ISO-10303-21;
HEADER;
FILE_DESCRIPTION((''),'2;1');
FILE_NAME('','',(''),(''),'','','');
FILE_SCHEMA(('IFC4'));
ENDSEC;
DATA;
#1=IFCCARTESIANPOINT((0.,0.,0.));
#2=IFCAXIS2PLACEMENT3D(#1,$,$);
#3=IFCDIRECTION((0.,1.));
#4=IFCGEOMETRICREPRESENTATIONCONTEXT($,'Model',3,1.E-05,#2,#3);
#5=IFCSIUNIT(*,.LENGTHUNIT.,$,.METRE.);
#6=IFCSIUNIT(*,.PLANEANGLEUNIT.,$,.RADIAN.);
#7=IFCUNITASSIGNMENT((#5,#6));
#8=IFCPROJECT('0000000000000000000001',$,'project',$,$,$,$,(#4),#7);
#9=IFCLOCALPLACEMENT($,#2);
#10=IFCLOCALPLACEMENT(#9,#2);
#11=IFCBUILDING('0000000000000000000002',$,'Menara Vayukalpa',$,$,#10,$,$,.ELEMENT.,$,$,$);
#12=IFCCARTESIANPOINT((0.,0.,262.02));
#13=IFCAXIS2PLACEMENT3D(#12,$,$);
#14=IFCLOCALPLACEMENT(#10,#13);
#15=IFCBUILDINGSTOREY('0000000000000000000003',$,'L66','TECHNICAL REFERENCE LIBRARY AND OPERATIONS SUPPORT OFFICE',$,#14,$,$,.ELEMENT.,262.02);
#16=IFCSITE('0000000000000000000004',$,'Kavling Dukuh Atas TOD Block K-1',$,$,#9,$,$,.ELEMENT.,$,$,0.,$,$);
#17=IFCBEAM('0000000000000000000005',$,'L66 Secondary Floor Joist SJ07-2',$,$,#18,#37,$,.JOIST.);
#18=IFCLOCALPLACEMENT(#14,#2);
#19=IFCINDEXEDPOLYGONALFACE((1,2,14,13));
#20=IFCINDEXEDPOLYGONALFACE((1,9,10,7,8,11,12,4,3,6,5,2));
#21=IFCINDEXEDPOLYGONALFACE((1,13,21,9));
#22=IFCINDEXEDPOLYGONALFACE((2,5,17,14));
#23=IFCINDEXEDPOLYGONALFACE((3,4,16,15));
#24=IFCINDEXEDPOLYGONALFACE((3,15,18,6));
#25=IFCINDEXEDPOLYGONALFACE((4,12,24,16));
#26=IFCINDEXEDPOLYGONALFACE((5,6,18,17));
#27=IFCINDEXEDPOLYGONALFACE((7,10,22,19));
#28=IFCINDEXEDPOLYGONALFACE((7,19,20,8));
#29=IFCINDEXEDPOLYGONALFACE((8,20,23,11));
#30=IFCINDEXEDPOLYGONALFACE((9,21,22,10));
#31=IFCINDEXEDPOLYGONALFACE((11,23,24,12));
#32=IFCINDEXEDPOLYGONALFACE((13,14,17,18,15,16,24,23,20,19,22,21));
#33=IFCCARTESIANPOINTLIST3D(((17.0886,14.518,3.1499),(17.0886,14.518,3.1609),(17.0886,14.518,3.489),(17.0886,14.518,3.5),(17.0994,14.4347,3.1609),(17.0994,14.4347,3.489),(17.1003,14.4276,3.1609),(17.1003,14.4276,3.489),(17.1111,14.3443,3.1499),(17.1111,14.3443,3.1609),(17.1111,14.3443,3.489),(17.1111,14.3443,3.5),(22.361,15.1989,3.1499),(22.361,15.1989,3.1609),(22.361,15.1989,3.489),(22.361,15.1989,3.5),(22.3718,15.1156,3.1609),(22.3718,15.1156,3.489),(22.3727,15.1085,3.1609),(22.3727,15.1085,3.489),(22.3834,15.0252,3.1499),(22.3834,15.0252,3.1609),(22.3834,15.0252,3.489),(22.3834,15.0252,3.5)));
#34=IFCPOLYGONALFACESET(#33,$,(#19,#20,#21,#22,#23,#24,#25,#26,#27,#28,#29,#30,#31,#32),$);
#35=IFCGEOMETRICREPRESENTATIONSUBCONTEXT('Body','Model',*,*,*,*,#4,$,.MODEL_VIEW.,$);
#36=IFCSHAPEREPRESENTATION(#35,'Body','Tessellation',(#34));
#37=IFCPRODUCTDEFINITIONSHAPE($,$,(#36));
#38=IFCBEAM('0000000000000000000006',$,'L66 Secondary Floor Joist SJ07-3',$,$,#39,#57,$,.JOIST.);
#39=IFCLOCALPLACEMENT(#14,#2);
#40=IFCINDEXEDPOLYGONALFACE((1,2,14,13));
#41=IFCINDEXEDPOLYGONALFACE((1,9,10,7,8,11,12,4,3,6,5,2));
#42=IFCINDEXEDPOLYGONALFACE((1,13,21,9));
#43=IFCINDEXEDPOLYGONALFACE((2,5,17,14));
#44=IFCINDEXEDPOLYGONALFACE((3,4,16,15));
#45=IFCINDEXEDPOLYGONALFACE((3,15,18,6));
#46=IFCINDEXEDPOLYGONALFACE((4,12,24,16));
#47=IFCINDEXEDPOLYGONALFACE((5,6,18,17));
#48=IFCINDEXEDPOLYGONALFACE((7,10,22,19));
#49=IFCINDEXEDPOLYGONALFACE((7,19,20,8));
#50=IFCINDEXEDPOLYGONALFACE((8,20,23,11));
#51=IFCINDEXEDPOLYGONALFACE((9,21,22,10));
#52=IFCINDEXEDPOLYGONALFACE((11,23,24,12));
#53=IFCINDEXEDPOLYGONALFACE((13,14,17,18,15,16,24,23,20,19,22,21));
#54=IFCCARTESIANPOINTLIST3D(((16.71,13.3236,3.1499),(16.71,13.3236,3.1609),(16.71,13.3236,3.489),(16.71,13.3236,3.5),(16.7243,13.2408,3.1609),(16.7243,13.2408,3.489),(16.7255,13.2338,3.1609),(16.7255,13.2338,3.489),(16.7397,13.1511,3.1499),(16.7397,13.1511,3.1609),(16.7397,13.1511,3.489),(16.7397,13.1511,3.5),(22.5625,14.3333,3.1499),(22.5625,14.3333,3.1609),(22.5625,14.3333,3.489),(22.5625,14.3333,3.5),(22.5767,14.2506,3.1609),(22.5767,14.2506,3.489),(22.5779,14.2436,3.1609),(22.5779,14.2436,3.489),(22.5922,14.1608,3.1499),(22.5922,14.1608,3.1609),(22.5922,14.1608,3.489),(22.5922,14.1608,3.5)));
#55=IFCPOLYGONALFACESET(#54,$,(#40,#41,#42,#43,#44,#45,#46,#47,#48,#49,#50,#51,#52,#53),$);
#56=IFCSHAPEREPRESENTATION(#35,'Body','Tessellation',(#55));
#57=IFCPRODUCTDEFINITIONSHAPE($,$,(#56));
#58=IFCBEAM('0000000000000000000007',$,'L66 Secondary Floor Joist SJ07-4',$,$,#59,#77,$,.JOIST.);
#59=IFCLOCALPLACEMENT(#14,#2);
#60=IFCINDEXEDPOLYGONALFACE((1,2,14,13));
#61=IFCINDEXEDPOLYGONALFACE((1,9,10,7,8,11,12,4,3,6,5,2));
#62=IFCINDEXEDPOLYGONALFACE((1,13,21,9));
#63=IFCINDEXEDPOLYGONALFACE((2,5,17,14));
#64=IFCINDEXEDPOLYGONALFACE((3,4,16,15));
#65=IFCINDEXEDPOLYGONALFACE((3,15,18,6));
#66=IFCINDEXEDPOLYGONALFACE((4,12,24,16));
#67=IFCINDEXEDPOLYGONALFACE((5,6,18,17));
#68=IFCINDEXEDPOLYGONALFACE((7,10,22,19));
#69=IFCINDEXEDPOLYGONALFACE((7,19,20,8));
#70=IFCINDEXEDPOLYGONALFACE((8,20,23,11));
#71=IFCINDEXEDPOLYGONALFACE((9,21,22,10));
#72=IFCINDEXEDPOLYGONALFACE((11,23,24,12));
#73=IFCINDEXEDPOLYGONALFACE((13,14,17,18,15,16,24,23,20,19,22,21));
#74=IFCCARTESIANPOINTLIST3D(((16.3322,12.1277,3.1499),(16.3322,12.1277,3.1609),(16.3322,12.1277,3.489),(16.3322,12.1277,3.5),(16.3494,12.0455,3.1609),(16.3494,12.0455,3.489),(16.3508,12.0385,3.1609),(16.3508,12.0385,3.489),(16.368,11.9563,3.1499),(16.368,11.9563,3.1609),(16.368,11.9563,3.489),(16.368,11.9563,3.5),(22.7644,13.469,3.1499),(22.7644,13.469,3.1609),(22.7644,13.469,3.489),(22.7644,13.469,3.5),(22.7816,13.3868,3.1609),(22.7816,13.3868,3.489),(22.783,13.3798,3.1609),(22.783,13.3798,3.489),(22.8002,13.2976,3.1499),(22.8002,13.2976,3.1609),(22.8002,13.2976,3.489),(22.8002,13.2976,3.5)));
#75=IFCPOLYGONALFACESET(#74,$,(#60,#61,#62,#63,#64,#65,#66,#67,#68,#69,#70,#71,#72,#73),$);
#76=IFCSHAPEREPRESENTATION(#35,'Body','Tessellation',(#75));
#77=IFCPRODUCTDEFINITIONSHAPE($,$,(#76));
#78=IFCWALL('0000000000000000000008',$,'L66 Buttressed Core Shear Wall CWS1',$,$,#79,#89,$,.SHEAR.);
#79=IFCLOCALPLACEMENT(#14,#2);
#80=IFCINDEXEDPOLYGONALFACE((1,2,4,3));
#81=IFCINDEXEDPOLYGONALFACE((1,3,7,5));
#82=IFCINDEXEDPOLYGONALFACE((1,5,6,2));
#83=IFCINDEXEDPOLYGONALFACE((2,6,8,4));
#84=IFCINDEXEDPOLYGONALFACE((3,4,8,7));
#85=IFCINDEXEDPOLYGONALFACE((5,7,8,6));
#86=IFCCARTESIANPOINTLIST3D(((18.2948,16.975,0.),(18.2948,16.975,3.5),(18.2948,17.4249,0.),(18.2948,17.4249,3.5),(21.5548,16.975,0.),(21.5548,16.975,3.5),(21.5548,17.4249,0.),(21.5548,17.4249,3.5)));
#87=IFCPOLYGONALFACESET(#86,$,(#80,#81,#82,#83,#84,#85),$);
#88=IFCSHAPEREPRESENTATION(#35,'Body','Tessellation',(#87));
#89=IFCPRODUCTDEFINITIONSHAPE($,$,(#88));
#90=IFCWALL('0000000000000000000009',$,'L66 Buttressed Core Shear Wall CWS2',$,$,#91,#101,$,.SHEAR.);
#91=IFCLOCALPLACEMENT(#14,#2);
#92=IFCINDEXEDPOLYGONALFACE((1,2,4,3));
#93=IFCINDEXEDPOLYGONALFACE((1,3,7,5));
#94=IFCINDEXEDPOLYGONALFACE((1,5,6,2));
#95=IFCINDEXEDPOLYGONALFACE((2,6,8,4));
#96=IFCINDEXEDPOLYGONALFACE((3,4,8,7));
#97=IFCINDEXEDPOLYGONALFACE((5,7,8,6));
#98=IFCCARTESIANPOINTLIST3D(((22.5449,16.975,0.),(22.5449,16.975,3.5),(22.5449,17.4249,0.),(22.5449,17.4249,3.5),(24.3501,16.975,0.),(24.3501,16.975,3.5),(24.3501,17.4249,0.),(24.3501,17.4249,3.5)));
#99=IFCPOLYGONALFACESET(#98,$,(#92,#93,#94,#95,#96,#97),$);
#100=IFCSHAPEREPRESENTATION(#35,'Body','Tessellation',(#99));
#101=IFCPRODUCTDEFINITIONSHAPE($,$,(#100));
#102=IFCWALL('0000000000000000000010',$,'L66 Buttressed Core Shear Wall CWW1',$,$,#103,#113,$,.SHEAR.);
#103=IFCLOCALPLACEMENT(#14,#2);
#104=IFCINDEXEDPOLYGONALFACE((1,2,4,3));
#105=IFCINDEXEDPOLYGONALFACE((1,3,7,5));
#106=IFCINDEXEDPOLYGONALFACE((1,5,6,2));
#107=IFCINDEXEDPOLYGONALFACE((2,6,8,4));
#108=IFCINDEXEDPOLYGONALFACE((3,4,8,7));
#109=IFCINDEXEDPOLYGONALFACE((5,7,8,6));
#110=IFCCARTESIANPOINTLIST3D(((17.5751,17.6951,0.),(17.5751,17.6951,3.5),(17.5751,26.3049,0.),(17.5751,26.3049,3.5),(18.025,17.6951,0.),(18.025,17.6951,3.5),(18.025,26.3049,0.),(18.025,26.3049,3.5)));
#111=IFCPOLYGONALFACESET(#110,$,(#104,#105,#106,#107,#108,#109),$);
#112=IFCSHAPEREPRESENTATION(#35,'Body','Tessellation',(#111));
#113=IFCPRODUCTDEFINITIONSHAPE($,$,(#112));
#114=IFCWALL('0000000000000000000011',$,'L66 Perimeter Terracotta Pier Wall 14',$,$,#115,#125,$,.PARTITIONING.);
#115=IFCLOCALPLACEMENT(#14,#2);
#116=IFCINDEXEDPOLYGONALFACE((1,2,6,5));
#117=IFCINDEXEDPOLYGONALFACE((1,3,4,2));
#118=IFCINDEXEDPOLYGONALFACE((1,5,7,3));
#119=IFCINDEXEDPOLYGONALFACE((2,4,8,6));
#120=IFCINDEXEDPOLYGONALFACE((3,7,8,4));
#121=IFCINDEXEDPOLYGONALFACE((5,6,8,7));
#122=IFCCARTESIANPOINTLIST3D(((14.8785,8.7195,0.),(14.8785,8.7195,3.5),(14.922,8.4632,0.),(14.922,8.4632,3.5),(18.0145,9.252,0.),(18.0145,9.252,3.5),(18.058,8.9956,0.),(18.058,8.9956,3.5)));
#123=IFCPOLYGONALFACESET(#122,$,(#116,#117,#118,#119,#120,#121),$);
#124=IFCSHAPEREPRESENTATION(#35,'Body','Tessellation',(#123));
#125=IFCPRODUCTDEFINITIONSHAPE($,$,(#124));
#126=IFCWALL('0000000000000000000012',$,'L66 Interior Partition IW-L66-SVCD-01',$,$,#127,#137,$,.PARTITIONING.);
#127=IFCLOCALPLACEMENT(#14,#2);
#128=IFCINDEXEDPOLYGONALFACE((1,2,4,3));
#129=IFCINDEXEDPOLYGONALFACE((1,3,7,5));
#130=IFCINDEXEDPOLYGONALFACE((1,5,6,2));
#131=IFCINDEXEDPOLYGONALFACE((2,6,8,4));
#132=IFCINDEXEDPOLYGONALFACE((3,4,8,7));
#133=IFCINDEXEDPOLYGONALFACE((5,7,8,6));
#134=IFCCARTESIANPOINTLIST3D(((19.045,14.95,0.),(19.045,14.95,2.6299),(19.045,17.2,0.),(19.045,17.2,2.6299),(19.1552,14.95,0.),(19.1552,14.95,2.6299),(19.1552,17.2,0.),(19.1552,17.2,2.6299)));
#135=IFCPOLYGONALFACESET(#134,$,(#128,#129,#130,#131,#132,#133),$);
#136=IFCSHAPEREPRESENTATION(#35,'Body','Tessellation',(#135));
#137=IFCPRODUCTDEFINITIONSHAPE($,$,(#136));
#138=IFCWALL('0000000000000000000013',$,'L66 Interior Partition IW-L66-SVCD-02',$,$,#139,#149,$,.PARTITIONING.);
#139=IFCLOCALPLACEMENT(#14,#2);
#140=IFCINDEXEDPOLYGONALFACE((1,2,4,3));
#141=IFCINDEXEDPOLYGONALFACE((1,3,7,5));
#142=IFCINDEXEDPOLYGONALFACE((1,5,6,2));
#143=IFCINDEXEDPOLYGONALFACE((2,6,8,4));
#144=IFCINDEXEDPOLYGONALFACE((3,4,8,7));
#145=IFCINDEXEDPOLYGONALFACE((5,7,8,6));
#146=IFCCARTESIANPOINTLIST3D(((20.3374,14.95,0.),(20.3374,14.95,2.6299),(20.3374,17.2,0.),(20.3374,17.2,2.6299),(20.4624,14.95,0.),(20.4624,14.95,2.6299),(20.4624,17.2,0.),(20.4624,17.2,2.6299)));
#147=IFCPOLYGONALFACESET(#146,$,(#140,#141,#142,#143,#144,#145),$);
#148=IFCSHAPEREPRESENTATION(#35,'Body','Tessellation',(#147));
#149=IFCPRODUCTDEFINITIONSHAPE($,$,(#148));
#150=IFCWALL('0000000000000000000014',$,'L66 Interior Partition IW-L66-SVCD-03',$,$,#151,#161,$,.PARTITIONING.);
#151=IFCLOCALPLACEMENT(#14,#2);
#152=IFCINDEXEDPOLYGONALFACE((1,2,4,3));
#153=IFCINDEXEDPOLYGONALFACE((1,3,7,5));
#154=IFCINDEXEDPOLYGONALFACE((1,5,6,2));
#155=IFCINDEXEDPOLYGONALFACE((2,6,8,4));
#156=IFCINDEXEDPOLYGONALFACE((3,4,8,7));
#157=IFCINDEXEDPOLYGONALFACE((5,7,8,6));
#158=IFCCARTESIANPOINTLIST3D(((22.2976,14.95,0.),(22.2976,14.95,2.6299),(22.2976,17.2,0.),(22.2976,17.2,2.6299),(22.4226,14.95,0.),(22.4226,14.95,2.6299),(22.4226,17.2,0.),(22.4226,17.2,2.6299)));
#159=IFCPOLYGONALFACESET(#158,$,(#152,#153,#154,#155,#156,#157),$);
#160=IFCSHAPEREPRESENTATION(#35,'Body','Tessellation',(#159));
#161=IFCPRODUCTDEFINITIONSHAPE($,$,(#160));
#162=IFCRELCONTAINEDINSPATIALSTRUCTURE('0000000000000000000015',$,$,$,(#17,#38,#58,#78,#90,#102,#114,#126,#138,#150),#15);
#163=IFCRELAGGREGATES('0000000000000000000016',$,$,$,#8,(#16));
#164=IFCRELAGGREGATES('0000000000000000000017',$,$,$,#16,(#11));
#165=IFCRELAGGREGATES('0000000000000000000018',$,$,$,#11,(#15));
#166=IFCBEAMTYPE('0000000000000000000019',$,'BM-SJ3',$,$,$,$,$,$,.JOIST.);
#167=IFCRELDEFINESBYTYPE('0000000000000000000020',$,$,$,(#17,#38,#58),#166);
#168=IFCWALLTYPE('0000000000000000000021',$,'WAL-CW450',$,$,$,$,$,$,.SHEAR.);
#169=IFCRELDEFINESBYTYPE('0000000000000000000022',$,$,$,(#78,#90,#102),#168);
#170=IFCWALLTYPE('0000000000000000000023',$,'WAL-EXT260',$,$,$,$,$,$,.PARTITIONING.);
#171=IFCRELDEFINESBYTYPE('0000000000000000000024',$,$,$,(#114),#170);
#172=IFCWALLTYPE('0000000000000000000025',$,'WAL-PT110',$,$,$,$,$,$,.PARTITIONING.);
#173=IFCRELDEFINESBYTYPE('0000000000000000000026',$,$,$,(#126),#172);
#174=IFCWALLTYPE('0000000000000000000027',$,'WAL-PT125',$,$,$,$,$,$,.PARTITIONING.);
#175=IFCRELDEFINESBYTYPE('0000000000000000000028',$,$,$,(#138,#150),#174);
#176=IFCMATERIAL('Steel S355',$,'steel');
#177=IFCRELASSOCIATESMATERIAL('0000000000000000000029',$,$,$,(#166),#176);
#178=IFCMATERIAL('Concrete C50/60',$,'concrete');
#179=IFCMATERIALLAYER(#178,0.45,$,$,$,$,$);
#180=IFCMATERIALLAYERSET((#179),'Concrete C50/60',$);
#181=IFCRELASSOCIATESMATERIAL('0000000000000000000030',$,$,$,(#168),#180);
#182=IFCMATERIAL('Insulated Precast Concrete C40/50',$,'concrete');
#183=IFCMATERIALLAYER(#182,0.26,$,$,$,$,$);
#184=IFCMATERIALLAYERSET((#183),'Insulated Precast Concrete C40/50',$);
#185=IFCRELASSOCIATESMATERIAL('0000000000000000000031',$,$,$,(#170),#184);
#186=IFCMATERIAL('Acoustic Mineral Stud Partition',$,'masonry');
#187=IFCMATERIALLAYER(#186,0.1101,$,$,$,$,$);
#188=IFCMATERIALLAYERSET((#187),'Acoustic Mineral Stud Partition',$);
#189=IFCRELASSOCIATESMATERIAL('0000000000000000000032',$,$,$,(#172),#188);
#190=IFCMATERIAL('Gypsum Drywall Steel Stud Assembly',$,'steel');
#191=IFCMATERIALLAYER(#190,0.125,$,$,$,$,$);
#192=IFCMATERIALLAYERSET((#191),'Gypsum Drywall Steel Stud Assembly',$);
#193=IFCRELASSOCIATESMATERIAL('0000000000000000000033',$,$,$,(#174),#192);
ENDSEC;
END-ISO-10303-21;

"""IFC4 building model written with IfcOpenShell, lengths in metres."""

from ifc_helpers import new_model, si_unit, direction, frame, frame_2d, origin, origin_2d, place, context, subcontext, project, spatial, rectangle, i_section, extrude, material, layer, layer_set, material_profile, profile_set, type_object, element, save


model = new_model("IFC4")

# Units and contexts
model_context = context("Model", 3, precision=1e-05, world=origin(), true_north=direction((0.0, 1.0)))
body_context = subcontext(model_context, "Body", "Model", "MODEL_VIEW")
ifc_project = project(units=[si_unit("LENGTHUNIT", "METRE"), si_unit("PLANEANGLEUNIT", "RADIAN")], contexts=[model_context])

# Site, building, storey
site_placement = place(None, origin())
site = spatial("IfcSite", under=ifc_project, at=site_placement, Name="Kavling Dukuh Atas TOD Block K-1", CompositionType="ELEMENT", RefElevation=0.0)
building_placement = place(site_placement, origin())
building = spatial("IfcBuilding", under=site, at=building_placement, Name="Menara Vayukalpa", CompositionType="ELEMENT")
storey_placement = place(building_placement, frame((0.0, 0.0, 262.02)))
storey = spatial("IfcBuildingStorey", under=building, at=storey_placement, Name="L66", Description="TECHNICAL REFERENCE LIBRARY AND OPERATIONS SUPPORT OFFICE", CompositionType="ELEMENT", Elevation=262.02)

# Beams
ifc_material_1 = material(Name="Steel S355", Category="steel")
ifc_material_profile_1 = material_profile(ifc_material_1, i_section(OverallWidth=0.175, OverallDepth=0.3501, WebThickness=0.0071, FlangeThickness=0.011, at=origin_2d()), Name="WF 350x175x7x11")
ifc_profile_set_1 = profile_set([ifc_material_profile_1], Name="Steel S355")
beam_type_1 = type_object("IfcBeamType", Name="BM-SJ3", PredefinedType="JOIST", material=ifc_profile_set_1)
beam_1_placement = place(storey_placement, frame((17.0999, 14.4312, 3.325), z_axis=(0.991764, 0.128081, 0.0), x_axis=(-0.128081, 0.991764, 0.0)))
element("IfcBeam", 1, at=beam_1_placement, inside=storey, type_object=beam_type_1, Name="L66 Secondary Floor Joist SJ07-2", PredefinedType="JOIST", context=body_context, shape_type="SweptSolid", body=[
    extrude(i_section(OverallWidth=0.175, OverallDepth=0.3501, WebThickness=0.0071, FlangeThickness=0.011, at=origin_2d()), origin(), (0.0, 0.0, 1.0), 5.3162),
])
beam_2_placement = place(storey_placement, frame((16.7249, 13.2373, 3.325), z_axis=(0.98544, 0.170023, 0.0), x_axis=(-0.170023, 0.98544, 0.0)))
element("IfcBeam", 2, at=beam_2_placement, inside=storey, type_object=beam_type_1, Name="L66 Secondary Floor Joist SJ07-3", PredefinedType="JOIST", context=body_context, shape_type="SweptSolid", body=[
    extrude(i_section(OverallWidth=0.175, OverallDepth=0.3501, WebThickness=0.0071, FlangeThickness=0.011, at=origin_2d()), origin(), (0.0, 0.0, 1.0), 5.939),
])
beam_3_placement = place(storey_placement, frame((16.3501, 12.042, 3.325), z_axis=(0.978941, 0.204141, 0.0), x_axis=(-0.204141, 0.978941, 0.0)))
element("IfcBeam", 3, at=beam_3_placement, inside=storey, type_object=beam_type_1, Name="L66 Secondary Floor Joist SJ07-4", PredefinedType="JOIST", context=body_context, shape_type="SweptSolid", body=[
    extrude(i_section(OverallWidth=0.175, OverallDepth=0.3501, WebThickness=0.0071, FlangeThickness=0.011, at=origin_2d()), origin(), (0.0, 0.0, 1.0), 6.5706),
])

# Walls
ifc_material_2 = material(Name="Concrete C50/60", Category="concrete")
ifc_layer_1 = layer(ifc_material_2, 0.45)
ifc_layer_set_1 = layer_set([ifc_layer_1], Name="Concrete C50/60")
wall_type_1 = type_object("IfcWallType", Name="WAL-CW450", PredefinedType="SHEAR", material=ifc_layer_set_1)
wall_1_placement = place(storey_placement, frame((18.2949, 17.2, 0.0), z_axis=(0.0, 0.0, 1.0), x_axis=(1.0, 0.0, 0.0)))
element("IfcWall", 4, at=wall_1_placement, inside=storey, type_object=wall_type_1, Name="L66 Buttressed Core Shear Wall CWS1", PredefinedType="SHEAR", context=body_context, shape_type="SweptSolid", body=[
    extrude(rectangle(XDim=3.26, YDim=0.45, at=frame_2d((1.6299, 0.0))), origin(), (0.0, 0.0, 1.0), 3.5),
])
wall_2_placement = place(storey_placement, frame((22.5449, 17.2, 0.0), z_axis=(0.0, 0.0, 1.0), x_axis=(1.0, 0.0, 0.0)))
element("IfcWall", 5, at=wall_2_placement, inside=storey, type_object=wall_type_1, Name="L66 Buttressed Core Shear Wall CWS2", PredefinedType="SHEAR", context=body_context, shape_type="SweptSolid", body=[
    extrude(rectangle(XDim=1.8052, YDim=0.45, at=frame_2d((0.9026, 0.0))), origin(), (0.0, 0.0, 1.0), 3.5),
])
wall_3_placement = place(storey_placement, frame((17.8, 17.6951, 0.0), z_axis=(0.0, 0.0, 1.0), x_axis=(0.0, 1.0, 0.0)))
element("IfcWall", 6, at=wall_3_placement, inside=storey, type_object=wall_type_1, Name="L66 Buttressed Core Shear Wall CWW1", PredefinedType="SHEAR", context=body_context, shape_type="SweptSolid", body=[
    extrude(rectangle(XDim=8.6099, YDim=0.45, at=frame_2d((4.3049, 0.0))), origin(), (0.0, 0.0, 1.0), 3.5),
])
ifc_material_3 = material(Name="Insulated Precast Concrete C40/50", Category="concrete")
ifc_layer_2 = layer(ifc_material_3, 0.26)
ifc_layer_set_2 = layer_set([ifc_layer_2], Name="Insulated Precast Concrete C40/50")
wall_type_2 = type_object("IfcWallType", Name="WAL-EXT260", PredefinedType="PARTITIONING", material=ifc_layer_set_2)
wall_4_placement = place(storey_placement, frame((18.0361, 9.1238, 0.0), z_axis=(0.0, 0.0, 1.0), x_axis=(-0.985889, -0.167398, 0.0)))
element("IfcWall", 7, at=wall_4_placement, inside=storey, type_object=wall_type_2, Name="L66 Perimeter Terracotta Pier Wall 14", PredefinedType="PARTITIONING", context=body_context, shape_type="SweptSolid", body=[
    extrude(rectangle(XDim=3.1809, YDim=0.26, at=frame_2d((1.5903, 0.0))), origin(), (0.0, 0.0, 1.0), 3.5),
])
ifc_material_4 = material(Name="Acoustic Mineral Stud Partition", Category="masonry")
ifc_layer_3 = layer(ifc_material_4, 0.1101)
ifc_layer_set_3 = layer_set([ifc_layer_3], Name="Acoustic Mineral Stud Partition")
wall_type_3 = type_object("IfcWallType", Name="WAL-PT110", PredefinedType="PARTITIONING", material=ifc_layer_set_3)
wall_5_placement = place(storey_placement, frame((19.1001, 14.95, 0.0), z_axis=(0.0, 0.0, 1.0), x_axis=(0.0, 1.0, 0.0)))
element("IfcWall", 8, at=wall_5_placement, inside=storey, type_object=wall_type_3, Name="L66 Interior Partition IW-L66-SVCD-01", PredefinedType="PARTITIONING", context=body_context, shape_type="SweptSolid", body=[
    extrude(rectangle(XDim=2.25, YDim=0.1101, at=frame_2d((1.125, 0.0))), origin(), (0.0, 0.0, 1.0), 2.6299),
])
ifc_material_5 = material(Name="Gypsum Drywall Steel Stud Assembly", Category="steel")
ifc_layer_4 = layer(ifc_material_5, 0.125)
ifc_layer_set_4 = layer_set([ifc_layer_4], Name="Gypsum Drywall Steel Stud Assembly")
wall_type_4 = type_object("IfcWallType", Name="WAL-PT125", PredefinedType="PARTITIONING", material=ifc_layer_set_4)
for number, where, z_axis, x_axis, name in (
    (9, (20.3999, 14.95, 0.0), (0.0, 0.0, 1.0), (0.0, 1.0, 0.0), "L66 Interior Partition IW-L66-SVCD-02"),
    (10, (22.3601, 14.95, 0.0), (0.0, 0.0, 1.0), (0.0, 1.0, 0.0), "L66 Interior Partition IW-L66-SVCD-03"),
):
    element("IfcWall", number, at=place(storey_placement, frame(where, z_axis=z_axis, x_axis=x_axis)), inside=storey, type_object=wall_type_4, Name=name, PredefinedType="PARTITIONING", context=body_context, shape_type="SweptSolid", body=[
        extrude(rectangle(XDim=2.25, YDim=0.125, at=frame_2d((1.125, 0.0))), origin(), (0.0, 0.0, 1.0), 2.6299),
    ])

save(model, "model.ifc")
